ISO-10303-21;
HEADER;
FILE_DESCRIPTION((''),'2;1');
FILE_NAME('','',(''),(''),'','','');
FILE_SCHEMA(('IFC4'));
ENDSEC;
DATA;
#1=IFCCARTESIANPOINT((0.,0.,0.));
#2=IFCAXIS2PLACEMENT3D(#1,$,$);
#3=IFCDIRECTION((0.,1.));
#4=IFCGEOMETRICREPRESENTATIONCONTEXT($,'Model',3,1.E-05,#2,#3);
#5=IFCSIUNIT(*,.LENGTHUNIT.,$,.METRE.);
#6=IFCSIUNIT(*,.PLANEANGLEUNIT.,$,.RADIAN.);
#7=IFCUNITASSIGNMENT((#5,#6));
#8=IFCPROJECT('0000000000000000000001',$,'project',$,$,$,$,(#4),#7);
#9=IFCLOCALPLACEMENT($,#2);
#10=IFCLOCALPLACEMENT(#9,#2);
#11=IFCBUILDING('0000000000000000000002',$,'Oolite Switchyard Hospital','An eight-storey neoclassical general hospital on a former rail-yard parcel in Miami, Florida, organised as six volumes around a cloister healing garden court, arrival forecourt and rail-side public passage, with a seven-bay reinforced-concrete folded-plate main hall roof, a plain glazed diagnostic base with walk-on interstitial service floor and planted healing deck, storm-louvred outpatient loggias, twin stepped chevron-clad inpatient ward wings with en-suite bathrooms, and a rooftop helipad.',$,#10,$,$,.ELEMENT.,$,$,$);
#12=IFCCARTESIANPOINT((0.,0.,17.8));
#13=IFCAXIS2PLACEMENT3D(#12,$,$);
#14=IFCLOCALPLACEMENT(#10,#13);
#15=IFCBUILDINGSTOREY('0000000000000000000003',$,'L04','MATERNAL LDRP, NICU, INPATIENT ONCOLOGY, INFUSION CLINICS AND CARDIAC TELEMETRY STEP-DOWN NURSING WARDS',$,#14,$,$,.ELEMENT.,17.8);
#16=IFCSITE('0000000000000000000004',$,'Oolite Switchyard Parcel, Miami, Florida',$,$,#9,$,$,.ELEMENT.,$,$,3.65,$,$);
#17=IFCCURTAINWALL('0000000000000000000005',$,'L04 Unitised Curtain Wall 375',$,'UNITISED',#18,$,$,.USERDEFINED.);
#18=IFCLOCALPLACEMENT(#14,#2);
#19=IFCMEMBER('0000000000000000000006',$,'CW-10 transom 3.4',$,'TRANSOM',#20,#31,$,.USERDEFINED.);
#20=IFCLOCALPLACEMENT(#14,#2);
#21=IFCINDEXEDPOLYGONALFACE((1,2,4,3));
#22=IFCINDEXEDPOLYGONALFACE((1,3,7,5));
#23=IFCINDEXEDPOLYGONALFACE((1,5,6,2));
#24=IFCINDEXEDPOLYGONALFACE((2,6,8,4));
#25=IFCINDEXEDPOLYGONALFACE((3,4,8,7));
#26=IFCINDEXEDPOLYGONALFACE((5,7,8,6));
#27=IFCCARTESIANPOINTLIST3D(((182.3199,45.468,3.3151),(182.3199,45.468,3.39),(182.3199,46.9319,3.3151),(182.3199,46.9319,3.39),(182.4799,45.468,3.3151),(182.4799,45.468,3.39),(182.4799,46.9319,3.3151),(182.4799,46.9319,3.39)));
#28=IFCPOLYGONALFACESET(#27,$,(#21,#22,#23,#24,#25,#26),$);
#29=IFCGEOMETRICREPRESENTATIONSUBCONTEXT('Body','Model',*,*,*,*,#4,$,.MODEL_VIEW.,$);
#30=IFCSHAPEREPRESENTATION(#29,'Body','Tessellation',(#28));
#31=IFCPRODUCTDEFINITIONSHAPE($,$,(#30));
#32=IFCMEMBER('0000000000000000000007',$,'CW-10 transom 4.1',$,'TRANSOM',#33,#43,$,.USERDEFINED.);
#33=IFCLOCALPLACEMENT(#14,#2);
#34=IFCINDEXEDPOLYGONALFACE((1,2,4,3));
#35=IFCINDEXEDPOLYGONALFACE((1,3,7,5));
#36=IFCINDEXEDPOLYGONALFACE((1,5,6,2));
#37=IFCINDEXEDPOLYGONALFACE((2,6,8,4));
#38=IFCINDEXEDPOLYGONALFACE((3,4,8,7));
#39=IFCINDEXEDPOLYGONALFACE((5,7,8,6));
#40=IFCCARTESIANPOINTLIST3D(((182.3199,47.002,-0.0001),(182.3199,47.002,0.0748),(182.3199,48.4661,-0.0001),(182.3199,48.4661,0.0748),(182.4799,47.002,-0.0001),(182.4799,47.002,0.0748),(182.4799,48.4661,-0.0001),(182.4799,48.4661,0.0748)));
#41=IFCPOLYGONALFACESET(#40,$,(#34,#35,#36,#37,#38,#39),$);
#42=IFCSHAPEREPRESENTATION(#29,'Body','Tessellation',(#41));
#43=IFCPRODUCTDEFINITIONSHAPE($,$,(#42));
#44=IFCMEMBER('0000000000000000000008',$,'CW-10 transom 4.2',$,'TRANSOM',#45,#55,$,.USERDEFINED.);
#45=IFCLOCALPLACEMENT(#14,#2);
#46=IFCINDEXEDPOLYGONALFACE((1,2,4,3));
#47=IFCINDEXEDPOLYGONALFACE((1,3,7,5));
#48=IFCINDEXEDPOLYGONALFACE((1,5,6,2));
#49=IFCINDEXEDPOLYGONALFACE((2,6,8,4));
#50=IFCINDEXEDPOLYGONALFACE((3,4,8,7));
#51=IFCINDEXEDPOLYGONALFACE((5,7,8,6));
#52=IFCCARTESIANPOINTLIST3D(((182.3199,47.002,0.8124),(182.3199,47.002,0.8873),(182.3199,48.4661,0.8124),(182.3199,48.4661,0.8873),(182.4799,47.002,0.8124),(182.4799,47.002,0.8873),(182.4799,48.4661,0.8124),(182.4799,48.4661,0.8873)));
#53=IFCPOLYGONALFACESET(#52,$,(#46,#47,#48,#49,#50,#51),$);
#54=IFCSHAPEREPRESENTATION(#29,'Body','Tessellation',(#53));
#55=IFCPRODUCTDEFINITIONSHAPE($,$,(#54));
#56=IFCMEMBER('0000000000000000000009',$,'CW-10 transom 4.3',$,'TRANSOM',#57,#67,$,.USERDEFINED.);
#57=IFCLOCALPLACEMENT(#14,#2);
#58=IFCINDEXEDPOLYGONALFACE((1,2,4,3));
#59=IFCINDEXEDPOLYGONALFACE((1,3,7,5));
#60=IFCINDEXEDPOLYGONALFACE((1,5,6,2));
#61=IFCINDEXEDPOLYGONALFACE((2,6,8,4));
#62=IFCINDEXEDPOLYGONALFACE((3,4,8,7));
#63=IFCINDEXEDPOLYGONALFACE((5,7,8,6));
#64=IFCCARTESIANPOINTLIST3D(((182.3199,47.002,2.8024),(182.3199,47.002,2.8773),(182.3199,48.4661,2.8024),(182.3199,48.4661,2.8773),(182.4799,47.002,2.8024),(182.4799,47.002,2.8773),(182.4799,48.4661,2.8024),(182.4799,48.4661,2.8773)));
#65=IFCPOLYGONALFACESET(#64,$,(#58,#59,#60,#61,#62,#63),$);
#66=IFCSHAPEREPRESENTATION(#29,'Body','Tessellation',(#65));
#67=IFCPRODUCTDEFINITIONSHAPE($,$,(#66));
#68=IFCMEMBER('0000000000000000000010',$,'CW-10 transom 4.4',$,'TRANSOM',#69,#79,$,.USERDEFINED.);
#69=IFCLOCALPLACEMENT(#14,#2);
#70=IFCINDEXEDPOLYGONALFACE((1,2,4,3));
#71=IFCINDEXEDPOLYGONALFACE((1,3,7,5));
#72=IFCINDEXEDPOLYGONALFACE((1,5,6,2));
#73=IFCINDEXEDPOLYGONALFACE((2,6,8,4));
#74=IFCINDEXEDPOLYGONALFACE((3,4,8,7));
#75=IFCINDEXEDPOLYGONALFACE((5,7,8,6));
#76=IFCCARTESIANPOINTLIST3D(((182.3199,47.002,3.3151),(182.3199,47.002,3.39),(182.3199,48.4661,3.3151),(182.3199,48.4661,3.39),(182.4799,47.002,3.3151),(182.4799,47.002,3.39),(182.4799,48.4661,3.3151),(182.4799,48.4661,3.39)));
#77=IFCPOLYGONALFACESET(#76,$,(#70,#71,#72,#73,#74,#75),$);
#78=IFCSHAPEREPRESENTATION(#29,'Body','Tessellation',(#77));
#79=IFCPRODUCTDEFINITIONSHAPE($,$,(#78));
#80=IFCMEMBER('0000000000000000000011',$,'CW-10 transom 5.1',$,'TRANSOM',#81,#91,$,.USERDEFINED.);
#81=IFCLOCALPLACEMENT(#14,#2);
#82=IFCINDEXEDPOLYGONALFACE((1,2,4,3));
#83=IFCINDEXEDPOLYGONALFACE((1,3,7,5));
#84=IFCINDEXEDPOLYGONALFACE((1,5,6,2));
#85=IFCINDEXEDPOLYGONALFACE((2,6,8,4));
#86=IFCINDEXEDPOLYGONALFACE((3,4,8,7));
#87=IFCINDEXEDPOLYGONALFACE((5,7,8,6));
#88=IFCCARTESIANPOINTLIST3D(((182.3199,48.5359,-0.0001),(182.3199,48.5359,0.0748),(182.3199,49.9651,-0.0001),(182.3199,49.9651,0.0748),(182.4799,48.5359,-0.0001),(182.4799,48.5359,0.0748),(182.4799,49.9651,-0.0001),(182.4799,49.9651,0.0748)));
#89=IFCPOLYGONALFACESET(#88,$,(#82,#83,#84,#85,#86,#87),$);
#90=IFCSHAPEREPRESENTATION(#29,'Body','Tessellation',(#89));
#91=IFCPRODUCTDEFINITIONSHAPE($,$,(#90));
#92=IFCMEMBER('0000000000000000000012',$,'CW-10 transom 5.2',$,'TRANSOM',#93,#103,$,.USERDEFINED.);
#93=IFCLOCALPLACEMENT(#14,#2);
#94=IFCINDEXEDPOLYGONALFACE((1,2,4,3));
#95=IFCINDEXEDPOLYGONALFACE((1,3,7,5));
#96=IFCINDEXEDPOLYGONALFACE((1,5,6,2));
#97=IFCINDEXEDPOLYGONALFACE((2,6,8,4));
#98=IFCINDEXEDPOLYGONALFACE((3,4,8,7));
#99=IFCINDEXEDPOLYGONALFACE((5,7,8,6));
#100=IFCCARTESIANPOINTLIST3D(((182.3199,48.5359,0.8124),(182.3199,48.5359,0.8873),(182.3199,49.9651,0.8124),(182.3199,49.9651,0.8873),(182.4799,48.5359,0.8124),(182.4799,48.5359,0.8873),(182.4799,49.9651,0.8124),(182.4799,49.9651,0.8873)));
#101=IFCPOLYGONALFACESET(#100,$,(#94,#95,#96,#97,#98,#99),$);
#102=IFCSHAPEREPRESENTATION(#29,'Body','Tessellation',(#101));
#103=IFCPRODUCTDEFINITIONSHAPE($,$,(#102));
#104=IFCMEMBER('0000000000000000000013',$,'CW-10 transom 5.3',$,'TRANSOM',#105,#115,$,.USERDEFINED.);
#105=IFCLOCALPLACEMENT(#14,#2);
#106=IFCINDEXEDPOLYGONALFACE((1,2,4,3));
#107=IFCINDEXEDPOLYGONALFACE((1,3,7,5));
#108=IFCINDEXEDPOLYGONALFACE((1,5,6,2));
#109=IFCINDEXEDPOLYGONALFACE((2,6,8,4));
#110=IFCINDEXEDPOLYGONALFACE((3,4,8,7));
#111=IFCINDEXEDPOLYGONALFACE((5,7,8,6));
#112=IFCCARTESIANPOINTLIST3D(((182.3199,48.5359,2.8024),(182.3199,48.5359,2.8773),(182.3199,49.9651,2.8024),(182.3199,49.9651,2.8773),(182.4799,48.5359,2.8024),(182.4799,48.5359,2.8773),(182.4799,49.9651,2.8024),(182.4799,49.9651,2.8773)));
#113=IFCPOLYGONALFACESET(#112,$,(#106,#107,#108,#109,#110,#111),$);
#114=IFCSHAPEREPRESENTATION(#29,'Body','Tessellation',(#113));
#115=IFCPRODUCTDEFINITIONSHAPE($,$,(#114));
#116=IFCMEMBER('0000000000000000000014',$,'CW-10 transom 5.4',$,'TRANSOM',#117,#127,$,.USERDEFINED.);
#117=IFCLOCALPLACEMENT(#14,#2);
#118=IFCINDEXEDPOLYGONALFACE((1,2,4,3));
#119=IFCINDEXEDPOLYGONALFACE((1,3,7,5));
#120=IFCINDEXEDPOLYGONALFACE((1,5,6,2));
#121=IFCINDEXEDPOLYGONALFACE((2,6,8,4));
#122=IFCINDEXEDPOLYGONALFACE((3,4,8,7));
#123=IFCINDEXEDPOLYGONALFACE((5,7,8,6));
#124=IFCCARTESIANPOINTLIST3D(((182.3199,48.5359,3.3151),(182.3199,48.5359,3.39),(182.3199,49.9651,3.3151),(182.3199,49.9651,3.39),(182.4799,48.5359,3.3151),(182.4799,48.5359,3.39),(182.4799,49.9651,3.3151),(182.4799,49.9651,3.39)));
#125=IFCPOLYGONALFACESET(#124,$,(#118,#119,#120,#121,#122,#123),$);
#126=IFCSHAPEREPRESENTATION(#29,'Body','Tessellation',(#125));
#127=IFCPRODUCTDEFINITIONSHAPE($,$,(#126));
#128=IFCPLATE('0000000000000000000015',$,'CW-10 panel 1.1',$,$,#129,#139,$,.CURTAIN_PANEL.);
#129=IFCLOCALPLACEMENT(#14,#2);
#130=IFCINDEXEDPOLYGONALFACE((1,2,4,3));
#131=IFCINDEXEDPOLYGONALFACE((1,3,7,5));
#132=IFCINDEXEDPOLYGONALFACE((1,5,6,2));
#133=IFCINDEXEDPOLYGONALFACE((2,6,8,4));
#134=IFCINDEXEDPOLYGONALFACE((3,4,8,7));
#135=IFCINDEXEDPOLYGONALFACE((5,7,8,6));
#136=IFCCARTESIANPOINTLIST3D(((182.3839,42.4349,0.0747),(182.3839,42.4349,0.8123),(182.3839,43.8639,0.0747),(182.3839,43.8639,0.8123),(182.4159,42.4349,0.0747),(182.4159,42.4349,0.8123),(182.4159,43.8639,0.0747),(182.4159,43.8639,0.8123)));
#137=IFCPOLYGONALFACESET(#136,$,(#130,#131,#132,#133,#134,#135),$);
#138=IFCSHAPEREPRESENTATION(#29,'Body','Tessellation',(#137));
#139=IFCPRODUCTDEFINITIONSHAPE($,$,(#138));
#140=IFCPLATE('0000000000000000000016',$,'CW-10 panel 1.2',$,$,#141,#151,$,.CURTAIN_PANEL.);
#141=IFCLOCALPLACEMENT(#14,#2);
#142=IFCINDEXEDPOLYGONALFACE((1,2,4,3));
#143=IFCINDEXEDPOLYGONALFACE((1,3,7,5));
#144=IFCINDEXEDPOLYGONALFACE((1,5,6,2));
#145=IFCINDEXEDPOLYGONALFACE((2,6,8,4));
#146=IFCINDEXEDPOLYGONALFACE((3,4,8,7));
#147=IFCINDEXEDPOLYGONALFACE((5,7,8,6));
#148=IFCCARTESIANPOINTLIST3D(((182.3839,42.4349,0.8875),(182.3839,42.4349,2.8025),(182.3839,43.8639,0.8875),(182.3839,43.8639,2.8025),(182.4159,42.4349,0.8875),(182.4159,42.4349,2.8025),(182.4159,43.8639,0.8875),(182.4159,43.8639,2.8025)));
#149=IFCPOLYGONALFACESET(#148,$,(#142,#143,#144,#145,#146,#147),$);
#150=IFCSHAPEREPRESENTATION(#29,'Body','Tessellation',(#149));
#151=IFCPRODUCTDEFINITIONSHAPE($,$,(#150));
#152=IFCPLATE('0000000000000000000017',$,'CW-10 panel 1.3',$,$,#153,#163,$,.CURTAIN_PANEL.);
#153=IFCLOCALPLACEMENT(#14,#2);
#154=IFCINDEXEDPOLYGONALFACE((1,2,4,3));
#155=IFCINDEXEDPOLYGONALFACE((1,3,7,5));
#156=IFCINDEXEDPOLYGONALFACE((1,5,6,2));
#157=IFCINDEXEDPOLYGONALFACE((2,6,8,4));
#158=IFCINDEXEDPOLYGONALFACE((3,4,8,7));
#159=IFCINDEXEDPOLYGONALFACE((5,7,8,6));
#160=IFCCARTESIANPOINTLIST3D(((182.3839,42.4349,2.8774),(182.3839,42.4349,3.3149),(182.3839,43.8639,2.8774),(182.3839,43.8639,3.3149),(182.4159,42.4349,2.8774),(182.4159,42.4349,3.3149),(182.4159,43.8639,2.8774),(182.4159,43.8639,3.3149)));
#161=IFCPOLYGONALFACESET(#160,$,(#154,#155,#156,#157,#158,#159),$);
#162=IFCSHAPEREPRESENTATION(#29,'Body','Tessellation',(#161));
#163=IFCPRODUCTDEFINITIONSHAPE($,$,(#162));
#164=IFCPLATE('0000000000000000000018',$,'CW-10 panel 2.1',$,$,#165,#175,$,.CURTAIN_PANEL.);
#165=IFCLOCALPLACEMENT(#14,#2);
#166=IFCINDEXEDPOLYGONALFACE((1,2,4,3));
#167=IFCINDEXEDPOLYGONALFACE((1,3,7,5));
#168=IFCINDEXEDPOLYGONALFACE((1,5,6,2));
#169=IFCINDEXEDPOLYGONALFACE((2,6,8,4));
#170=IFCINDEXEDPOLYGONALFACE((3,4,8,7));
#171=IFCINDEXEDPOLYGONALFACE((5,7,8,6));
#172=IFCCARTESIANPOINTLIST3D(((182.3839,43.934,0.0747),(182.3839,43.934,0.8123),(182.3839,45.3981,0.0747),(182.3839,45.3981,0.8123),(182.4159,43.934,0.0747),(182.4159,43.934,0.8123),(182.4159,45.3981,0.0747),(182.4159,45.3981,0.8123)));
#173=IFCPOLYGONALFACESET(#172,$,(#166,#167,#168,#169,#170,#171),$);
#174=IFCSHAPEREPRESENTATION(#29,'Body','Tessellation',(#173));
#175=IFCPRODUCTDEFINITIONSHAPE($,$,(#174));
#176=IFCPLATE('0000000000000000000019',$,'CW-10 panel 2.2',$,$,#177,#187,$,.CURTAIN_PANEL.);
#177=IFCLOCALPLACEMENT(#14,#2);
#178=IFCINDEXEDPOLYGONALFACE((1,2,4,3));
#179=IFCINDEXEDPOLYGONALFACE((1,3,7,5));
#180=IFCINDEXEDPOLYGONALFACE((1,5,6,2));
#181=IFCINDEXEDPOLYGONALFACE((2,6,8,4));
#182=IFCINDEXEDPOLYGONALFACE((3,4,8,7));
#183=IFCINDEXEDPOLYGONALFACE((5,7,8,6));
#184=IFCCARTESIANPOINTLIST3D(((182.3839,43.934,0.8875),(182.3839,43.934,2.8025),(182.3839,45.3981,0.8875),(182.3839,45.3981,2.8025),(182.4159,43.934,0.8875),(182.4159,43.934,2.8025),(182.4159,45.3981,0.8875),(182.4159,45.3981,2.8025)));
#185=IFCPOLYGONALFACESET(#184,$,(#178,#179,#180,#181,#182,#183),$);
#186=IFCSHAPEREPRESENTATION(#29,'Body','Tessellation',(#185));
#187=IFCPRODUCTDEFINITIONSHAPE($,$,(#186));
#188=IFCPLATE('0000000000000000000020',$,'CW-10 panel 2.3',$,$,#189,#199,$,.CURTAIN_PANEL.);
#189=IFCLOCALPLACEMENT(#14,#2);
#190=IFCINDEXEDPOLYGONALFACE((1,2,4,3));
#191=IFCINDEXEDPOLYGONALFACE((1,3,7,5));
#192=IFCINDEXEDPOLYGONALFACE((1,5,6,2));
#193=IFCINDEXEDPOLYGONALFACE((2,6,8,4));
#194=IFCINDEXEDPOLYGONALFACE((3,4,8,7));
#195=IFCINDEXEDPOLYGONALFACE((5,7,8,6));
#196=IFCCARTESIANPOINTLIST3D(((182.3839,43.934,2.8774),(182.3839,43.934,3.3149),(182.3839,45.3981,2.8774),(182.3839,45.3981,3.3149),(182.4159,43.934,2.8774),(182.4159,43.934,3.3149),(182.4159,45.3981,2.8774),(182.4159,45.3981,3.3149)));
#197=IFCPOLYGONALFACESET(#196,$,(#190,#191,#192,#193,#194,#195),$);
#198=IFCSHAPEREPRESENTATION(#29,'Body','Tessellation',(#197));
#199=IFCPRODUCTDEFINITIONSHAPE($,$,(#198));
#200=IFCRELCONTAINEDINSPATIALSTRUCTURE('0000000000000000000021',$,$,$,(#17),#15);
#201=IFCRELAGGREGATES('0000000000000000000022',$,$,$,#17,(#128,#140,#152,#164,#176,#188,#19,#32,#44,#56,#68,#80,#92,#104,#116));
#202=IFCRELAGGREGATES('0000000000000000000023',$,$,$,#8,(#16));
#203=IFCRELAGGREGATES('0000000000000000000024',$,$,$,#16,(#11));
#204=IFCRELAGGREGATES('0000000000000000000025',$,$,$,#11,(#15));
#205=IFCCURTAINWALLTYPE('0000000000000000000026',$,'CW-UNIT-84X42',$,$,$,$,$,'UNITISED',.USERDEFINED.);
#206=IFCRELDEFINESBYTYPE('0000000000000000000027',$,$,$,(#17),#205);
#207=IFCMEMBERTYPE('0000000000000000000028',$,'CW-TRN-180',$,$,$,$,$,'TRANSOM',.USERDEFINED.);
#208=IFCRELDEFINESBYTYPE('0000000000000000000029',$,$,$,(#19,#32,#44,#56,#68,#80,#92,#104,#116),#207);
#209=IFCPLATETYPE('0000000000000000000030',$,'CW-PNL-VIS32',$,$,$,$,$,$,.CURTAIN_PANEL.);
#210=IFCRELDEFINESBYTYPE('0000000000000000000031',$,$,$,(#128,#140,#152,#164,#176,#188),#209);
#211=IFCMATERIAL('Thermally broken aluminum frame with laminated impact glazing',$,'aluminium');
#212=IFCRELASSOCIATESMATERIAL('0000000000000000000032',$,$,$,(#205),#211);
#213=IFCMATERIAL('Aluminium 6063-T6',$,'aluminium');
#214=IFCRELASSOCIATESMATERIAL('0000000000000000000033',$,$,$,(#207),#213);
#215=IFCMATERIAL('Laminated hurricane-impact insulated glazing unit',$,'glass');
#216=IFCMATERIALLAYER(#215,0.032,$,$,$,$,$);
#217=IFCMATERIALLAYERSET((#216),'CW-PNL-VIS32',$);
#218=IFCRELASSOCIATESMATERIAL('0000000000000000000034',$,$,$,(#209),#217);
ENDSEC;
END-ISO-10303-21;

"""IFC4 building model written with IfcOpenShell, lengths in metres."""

from ifc_helpers import new_model, si_unit, direction, frame, origin, origin_2d, place, context, subcontext, project, spatial, rectangle, extrude, material, layer, layer_set, material_profile, profile_set, type_object, element, aggregate, save


model = new_model("IFC4")

# Units and contexts
model_context = context("Model", 3, precision=1e-05, world=origin(), true_north=direction((0.0, 1.0)))
body_context = subcontext(model_context, "Body", "Model", "MODEL_VIEW")
ifc_project = project(units=[si_unit("LENGTHUNIT", "METRE"), si_unit("PLANEANGLEUNIT", "RADIAN")], contexts=[model_context])

# Site, building, storey
site_placement = place(None, origin())
site = spatial("IfcSite", under=ifc_project, at=site_placement, Name="Oolite Switchyard Parcel, Miami, Florida", CompositionType="ELEMENT", RefElevation=3.65)
building_placement = place(site_placement, origin())
building = spatial("IfcBuilding", under=site, at=building_placement, Name="Oolite Switchyard Hospital", Description="An eight-storey neoclassical general hospital on a former rail-yard parcel in Miami, Florida, organised as six volumes around a cloister healing garden court, arrival forecourt and rail-side public passage, with a seven-bay reinforced-concrete folded-plate main hall roof, a plain glazed diagnostic base with walk-on interstitial service floor and planted healing deck, storm-louvred outpatient loggias, twin stepped chevron-clad inpatient ward wings with en-suite bathrooms, and a rooftop helipad.", CompositionType="ELEMENT")
storey_placement = place(building_placement, frame((0.0, 0.0, 17.8)))
storey = spatial("IfcBuildingStorey", under=building, at=storey_placement, Name="L04", Description="MATERNAL LDRP, NICU, INPATIENT ONCOLOGY, INFUSION CLINICS AND CARDIAC TELEMETRY STEP-DOWN NURSING WARDS", CompositionType="ELEMENT", Elevation=17.8)

# Curtain wall, members, plates
ifc_material_1 = material(Name="Thermally broken aluminum frame with laminated impact glazing", Category="aluminium")
curtain_wall_type = type_object("IfcCurtainWallType", Name="CW-UNIT-84X42", ElementType="UNITISED", PredefinedType="USERDEFINED", material=ifc_material_1)
curtain_wall_placement = place(storey_placement, origin())
curtain_wall = element("IfcCurtainWall", 1, at=curtain_wall_placement, inside=storey, type_object=curtain_wall_type, Name="L04 Unitised Curtain Wall 375", ObjectType="UNITISED", PredefinedType="USERDEFINED")
ifc_material_2 = material(Name="Aluminium 6063-T6", Category="aluminium")
ifc_material_profile_1 = material_profile(ifc_material_2, rectangle(XDim=0.1599, YDim=0.075, at=origin_2d()), Name="CWT75X160")
ifc_profile_set_1 = profile_set([ifc_material_profile_1], Name="Aluminium 6063-T6")
member_type_1 = type_object("IfcMemberType", Name="CW-TRN-180", ElementType="TRANSOM", PredefinedType="USERDEFINED", material=ifc_profile_set_1)
member_1_placement = place(storey_placement, frame((182.3999, 45.468, 3.3525), z_axis=(0.0, 1.0, 0.0), x_axis=(-1.0, 0.0, 0.0)))
member_1 = element("IfcMember", 2, at=member_1_placement, type_object=member_type_1, Name="CW-10 transom 3.4", ObjectType="TRANSOM", PredefinedType="USERDEFINED", context=body_context, shape_type="SweptSolid", body=[
    extrude(rectangle(XDim=0.1599, YDim=0.075, at=origin_2d()), origin(), (0.0, 0.0, 1.0), 1.4639),
])
member_2_placement = place(storey_placement, frame((182.3999, 47.002, 0.0374), z_axis=(0.0, 1.0, 0.0), x_axis=(-1.0, 0.0, 0.0)))
member_2 = element("IfcMember", 3, at=member_2_placement, type_object=member_type_1, Name="CW-10 transom 4.1", ObjectType="TRANSOM", PredefinedType="USERDEFINED", context=body_context, shape_type="SweptSolid", body=[
    extrude(rectangle(XDim=0.1599, YDim=0.075, at=origin_2d()), origin(), (0.0, 0.0, 1.0), 1.4641),
])
member_3_placement = place(storey_placement, frame((182.3999, 47.002, 0.8499), z_axis=(0.0, 1.0, 0.0), x_axis=(-1.0, 0.0, 0.0)))
member_3 = element("IfcMember", 4, at=member_3_placement, type_object=member_type_1, Name="CW-10 transom 4.2", ObjectType="TRANSOM", PredefinedType="USERDEFINED", context=body_context, shape_type="SweptSolid", body=[
    extrude(rectangle(XDim=0.1599, YDim=0.075, at=origin_2d()), origin(), (0.0, 0.0, 1.0), 1.4641),
])
member_4_placement = place(storey_placement, frame((182.3999, 47.002, 2.8398), z_axis=(0.0, 1.0, 0.0), x_axis=(-1.0, 0.0, 0.0)))
member_4 = element("IfcMember", 5, at=member_4_placement, type_object=member_type_1, Name="CW-10 transom 4.3", ObjectType="TRANSOM", PredefinedType="USERDEFINED", context=body_context, shape_type="SweptSolid", body=[
    extrude(rectangle(XDim=0.1599, YDim=0.075, at=origin_2d()), origin(), (0.0, 0.0, 1.0), 1.4641),
])
member_5_placement = place(storey_placement, frame((182.3999, 47.002, 3.3525), z_axis=(0.0, 1.0, 0.0), x_axis=(-1.0, 0.0, 0.0)))
member_5 = element("IfcMember", 6, at=member_5_placement, type_object=member_type_1, Name="CW-10 transom 4.4", ObjectType="TRANSOM", PredefinedType="USERDEFINED", context=body_context, shape_type="SweptSolid", body=[
    extrude(rectangle(XDim=0.1599, YDim=0.075, at=origin_2d()), origin(), (0.0, 0.0, 1.0), 1.4641),
])
member_6_placement = place(storey_placement, frame((182.3999, 48.5359, 0.0374), z_axis=(0.0, 1.0, 0.0), x_axis=(-1.0, 0.0, 0.0)))
member_6 = element("IfcMember", 7, at=member_6_placement, type_object=member_type_1, Name="CW-10 transom 5.1", ObjectType="TRANSOM", PredefinedType="USERDEFINED", context=body_context, shape_type="SweptSolid", body=[
    extrude(rectangle(XDim=0.1599, YDim=0.075, at=origin_2d()), origin(), (0.0, 0.0, 1.0), 1.4292),
])
member_7_placement = place(storey_placement, frame((182.3999, 48.5359, 0.8499), z_axis=(0.0, 1.0, 0.0), x_axis=(-1.0, 0.0, 0.0)))
member_7 = element("IfcMember", 8, at=member_7_placement, type_object=member_type_1, Name="CW-10 transom 5.2", ObjectType="TRANSOM", PredefinedType="USERDEFINED", context=body_context, shape_type="SweptSolid", body=[
    extrude(rectangle(XDim=0.1599, YDim=0.075, at=origin_2d()), origin(), (0.0, 0.0, 1.0), 1.4292),
])
member_8_placement = place(storey_placement, frame((182.3999, 48.5359, 2.8398), z_axis=(0.0, 1.0, 0.0), x_axis=(-1.0, 0.0, 0.0)))
member_8 = element("IfcMember", 9, at=member_8_placement, type_object=member_type_1, Name="CW-10 transom 5.3", ObjectType="TRANSOM", PredefinedType="USERDEFINED", context=body_context, shape_type="SweptSolid", body=[
    extrude(rectangle(XDim=0.1599, YDim=0.075, at=origin_2d()), origin(), (0.0, 0.0, 1.0), 1.4292),
])
member_9_placement = place(storey_placement, frame((182.3999, 48.5359, 3.3525), z_axis=(0.0, 1.0, 0.0), x_axis=(-1.0, 0.0, 0.0)))
member_9 = element("IfcMember", 10, at=member_9_placement, type_object=member_type_1, Name="CW-10 transom 5.4", ObjectType="TRANSOM", PredefinedType="USERDEFINED", context=body_context, shape_type="SweptSolid", body=[
    extrude(rectangle(XDim=0.1599, YDim=0.075, at=origin_2d()), origin(), (0.0, 0.0, 1.0), 1.4292),
])
ifc_material_3 = material(Name="Laminated hurricane-impact insulated glazing unit", Category="glass")
ifc_layer = layer(ifc_material_3, 0.032)
ifc_layer_set = layer_set([ifc_layer], Name="CW-PNL-VIS32")
plate_type = type_object("IfcPlateType", Name="CW-PNL-VIS32", PredefinedType="CURTAIN_PANEL", material=ifc_layer_set)
plate_1_placement = place(storey_placement, frame((182.3999, 43.1494, 0.0747), z_axis=(0.0, 0.0, 1.0), x_axis=(0.0, 1.0, 0.0)))
plate_1 = element("IfcPlate", 11, at=plate_1_placement, type_object=plate_type, Name="CW-10 panel 1.1", PredefinedType="CURTAIN_PANEL", context=body_context, shape_type="SweptSolid", body=[
    extrude(rectangle(XDim=1.429, YDim=0.032, at=origin_2d()), origin(), (0.0, 0.0, 1.0), 0.7375),
])
plate_2_placement = place(storey_placement, frame((182.3999, 43.1494, 0.8875), z_axis=(0.0, 0.0, 1.0), x_axis=(0.0, 1.0, 0.0)))
plate_2 = element("IfcPlate", 12, at=plate_2_placement, type_object=plate_type, Name="CW-10 panel 1.2", PredefinedType="CURTAIN_PANEL", context=body_context, shape_type="SweptSolid", body=[
    extrude(rectangle(XDim=1.429, YDim=0.032, at=origin_2d()), origin(), (0.0, 0.0, 1.0), 1.915),
])
plate_3_placement = place(storey_placement, frame((182.3999, 43.1494, 2.8774), z_axis=(0.0, 0.0, 1.0), x_axis=(0.0, 1.0, 0.0)))
plate_3 = element("IfcPlate", 13, at=plate_3_placement, type_object=plate_type, Name="CW-10 panel 1.3", PredefinedType="CURTAIN_PANEL", context=body_context, shape_type="SweptSolid", body=[
    extrude(rectangle(XDim=1.429, YDim=0.032, at=origin_2d()), origin(), (0.0, 0.0, 1.0), 0.4375),
])
plate_4_placement = place(storey_placement, frame((182.3999, 44.666, 0.0747), z_axis=(0.0, 0.0, 1.0), x_axis=(0.0, 1.0, 0.0)))
plate_4 = element("IfcPlate", 14, at=plate_4_placement, type_object=plate_type, Name="CW-10 panel 2.1", PredefinedType="CURTAIN_PANEL", context=body_context, shape_type="SweptSolid", body=[
    extrude(rectangle(XDim=1.4641, YDim=0.032, at=origin_2d()), origin(), (0.0, 0.0, 1.0), 0.7375),
])
plate_5_placement = place(storey_placement, frame((182.3999, 44.666, 0.8875), z_axis=(0.0, 0.0, 1.0), x_axis=(0.0, 1.0, 0.0)))
plate_5 = element("IfcPlate", 15, at=plate_5_placement, type_object=plate_type, Name="CW-10 panel 2.2", PredefinedType="CURTAIN_PANEL", context=body_context, shape_type="SweptSolid", body=[
    extrude(rectangle(XDim=1.4641, YDim=0.032, at=origin_2d()), origin(), (0.0, 0.0, 1.0), 1.915),
])
plate_6_placement = place(storey_placement, frame((182.3999, 44.666, 2.8774), z_axis=(0.0, 0.0, 1.0), x_axis=(0.0, 1.0, 0.0)))
plate_6 = element("IfcPlate", 16, at=plate_6_placement, type_object=plate_type, Name="CW-10 panel 2.3", PredefinedType="CURTAIN_PANEL", context=body_context, shape_type="SweptSolid", body=[
    extrude(rectangle(XDim=1.4641, YDim=0.032, at=origin_2d()), origin(), (0.0, 0.0, 1.0), 0.4375),
])
aggregate(curtain_wall, [plate_1, plate_2, plate_3, plate_4, plate_5, plate_6, member_1, member_2, member_3, member_4, member_5, member_6, member_7, member_8, member_9])

save(model, "model.ifc")
